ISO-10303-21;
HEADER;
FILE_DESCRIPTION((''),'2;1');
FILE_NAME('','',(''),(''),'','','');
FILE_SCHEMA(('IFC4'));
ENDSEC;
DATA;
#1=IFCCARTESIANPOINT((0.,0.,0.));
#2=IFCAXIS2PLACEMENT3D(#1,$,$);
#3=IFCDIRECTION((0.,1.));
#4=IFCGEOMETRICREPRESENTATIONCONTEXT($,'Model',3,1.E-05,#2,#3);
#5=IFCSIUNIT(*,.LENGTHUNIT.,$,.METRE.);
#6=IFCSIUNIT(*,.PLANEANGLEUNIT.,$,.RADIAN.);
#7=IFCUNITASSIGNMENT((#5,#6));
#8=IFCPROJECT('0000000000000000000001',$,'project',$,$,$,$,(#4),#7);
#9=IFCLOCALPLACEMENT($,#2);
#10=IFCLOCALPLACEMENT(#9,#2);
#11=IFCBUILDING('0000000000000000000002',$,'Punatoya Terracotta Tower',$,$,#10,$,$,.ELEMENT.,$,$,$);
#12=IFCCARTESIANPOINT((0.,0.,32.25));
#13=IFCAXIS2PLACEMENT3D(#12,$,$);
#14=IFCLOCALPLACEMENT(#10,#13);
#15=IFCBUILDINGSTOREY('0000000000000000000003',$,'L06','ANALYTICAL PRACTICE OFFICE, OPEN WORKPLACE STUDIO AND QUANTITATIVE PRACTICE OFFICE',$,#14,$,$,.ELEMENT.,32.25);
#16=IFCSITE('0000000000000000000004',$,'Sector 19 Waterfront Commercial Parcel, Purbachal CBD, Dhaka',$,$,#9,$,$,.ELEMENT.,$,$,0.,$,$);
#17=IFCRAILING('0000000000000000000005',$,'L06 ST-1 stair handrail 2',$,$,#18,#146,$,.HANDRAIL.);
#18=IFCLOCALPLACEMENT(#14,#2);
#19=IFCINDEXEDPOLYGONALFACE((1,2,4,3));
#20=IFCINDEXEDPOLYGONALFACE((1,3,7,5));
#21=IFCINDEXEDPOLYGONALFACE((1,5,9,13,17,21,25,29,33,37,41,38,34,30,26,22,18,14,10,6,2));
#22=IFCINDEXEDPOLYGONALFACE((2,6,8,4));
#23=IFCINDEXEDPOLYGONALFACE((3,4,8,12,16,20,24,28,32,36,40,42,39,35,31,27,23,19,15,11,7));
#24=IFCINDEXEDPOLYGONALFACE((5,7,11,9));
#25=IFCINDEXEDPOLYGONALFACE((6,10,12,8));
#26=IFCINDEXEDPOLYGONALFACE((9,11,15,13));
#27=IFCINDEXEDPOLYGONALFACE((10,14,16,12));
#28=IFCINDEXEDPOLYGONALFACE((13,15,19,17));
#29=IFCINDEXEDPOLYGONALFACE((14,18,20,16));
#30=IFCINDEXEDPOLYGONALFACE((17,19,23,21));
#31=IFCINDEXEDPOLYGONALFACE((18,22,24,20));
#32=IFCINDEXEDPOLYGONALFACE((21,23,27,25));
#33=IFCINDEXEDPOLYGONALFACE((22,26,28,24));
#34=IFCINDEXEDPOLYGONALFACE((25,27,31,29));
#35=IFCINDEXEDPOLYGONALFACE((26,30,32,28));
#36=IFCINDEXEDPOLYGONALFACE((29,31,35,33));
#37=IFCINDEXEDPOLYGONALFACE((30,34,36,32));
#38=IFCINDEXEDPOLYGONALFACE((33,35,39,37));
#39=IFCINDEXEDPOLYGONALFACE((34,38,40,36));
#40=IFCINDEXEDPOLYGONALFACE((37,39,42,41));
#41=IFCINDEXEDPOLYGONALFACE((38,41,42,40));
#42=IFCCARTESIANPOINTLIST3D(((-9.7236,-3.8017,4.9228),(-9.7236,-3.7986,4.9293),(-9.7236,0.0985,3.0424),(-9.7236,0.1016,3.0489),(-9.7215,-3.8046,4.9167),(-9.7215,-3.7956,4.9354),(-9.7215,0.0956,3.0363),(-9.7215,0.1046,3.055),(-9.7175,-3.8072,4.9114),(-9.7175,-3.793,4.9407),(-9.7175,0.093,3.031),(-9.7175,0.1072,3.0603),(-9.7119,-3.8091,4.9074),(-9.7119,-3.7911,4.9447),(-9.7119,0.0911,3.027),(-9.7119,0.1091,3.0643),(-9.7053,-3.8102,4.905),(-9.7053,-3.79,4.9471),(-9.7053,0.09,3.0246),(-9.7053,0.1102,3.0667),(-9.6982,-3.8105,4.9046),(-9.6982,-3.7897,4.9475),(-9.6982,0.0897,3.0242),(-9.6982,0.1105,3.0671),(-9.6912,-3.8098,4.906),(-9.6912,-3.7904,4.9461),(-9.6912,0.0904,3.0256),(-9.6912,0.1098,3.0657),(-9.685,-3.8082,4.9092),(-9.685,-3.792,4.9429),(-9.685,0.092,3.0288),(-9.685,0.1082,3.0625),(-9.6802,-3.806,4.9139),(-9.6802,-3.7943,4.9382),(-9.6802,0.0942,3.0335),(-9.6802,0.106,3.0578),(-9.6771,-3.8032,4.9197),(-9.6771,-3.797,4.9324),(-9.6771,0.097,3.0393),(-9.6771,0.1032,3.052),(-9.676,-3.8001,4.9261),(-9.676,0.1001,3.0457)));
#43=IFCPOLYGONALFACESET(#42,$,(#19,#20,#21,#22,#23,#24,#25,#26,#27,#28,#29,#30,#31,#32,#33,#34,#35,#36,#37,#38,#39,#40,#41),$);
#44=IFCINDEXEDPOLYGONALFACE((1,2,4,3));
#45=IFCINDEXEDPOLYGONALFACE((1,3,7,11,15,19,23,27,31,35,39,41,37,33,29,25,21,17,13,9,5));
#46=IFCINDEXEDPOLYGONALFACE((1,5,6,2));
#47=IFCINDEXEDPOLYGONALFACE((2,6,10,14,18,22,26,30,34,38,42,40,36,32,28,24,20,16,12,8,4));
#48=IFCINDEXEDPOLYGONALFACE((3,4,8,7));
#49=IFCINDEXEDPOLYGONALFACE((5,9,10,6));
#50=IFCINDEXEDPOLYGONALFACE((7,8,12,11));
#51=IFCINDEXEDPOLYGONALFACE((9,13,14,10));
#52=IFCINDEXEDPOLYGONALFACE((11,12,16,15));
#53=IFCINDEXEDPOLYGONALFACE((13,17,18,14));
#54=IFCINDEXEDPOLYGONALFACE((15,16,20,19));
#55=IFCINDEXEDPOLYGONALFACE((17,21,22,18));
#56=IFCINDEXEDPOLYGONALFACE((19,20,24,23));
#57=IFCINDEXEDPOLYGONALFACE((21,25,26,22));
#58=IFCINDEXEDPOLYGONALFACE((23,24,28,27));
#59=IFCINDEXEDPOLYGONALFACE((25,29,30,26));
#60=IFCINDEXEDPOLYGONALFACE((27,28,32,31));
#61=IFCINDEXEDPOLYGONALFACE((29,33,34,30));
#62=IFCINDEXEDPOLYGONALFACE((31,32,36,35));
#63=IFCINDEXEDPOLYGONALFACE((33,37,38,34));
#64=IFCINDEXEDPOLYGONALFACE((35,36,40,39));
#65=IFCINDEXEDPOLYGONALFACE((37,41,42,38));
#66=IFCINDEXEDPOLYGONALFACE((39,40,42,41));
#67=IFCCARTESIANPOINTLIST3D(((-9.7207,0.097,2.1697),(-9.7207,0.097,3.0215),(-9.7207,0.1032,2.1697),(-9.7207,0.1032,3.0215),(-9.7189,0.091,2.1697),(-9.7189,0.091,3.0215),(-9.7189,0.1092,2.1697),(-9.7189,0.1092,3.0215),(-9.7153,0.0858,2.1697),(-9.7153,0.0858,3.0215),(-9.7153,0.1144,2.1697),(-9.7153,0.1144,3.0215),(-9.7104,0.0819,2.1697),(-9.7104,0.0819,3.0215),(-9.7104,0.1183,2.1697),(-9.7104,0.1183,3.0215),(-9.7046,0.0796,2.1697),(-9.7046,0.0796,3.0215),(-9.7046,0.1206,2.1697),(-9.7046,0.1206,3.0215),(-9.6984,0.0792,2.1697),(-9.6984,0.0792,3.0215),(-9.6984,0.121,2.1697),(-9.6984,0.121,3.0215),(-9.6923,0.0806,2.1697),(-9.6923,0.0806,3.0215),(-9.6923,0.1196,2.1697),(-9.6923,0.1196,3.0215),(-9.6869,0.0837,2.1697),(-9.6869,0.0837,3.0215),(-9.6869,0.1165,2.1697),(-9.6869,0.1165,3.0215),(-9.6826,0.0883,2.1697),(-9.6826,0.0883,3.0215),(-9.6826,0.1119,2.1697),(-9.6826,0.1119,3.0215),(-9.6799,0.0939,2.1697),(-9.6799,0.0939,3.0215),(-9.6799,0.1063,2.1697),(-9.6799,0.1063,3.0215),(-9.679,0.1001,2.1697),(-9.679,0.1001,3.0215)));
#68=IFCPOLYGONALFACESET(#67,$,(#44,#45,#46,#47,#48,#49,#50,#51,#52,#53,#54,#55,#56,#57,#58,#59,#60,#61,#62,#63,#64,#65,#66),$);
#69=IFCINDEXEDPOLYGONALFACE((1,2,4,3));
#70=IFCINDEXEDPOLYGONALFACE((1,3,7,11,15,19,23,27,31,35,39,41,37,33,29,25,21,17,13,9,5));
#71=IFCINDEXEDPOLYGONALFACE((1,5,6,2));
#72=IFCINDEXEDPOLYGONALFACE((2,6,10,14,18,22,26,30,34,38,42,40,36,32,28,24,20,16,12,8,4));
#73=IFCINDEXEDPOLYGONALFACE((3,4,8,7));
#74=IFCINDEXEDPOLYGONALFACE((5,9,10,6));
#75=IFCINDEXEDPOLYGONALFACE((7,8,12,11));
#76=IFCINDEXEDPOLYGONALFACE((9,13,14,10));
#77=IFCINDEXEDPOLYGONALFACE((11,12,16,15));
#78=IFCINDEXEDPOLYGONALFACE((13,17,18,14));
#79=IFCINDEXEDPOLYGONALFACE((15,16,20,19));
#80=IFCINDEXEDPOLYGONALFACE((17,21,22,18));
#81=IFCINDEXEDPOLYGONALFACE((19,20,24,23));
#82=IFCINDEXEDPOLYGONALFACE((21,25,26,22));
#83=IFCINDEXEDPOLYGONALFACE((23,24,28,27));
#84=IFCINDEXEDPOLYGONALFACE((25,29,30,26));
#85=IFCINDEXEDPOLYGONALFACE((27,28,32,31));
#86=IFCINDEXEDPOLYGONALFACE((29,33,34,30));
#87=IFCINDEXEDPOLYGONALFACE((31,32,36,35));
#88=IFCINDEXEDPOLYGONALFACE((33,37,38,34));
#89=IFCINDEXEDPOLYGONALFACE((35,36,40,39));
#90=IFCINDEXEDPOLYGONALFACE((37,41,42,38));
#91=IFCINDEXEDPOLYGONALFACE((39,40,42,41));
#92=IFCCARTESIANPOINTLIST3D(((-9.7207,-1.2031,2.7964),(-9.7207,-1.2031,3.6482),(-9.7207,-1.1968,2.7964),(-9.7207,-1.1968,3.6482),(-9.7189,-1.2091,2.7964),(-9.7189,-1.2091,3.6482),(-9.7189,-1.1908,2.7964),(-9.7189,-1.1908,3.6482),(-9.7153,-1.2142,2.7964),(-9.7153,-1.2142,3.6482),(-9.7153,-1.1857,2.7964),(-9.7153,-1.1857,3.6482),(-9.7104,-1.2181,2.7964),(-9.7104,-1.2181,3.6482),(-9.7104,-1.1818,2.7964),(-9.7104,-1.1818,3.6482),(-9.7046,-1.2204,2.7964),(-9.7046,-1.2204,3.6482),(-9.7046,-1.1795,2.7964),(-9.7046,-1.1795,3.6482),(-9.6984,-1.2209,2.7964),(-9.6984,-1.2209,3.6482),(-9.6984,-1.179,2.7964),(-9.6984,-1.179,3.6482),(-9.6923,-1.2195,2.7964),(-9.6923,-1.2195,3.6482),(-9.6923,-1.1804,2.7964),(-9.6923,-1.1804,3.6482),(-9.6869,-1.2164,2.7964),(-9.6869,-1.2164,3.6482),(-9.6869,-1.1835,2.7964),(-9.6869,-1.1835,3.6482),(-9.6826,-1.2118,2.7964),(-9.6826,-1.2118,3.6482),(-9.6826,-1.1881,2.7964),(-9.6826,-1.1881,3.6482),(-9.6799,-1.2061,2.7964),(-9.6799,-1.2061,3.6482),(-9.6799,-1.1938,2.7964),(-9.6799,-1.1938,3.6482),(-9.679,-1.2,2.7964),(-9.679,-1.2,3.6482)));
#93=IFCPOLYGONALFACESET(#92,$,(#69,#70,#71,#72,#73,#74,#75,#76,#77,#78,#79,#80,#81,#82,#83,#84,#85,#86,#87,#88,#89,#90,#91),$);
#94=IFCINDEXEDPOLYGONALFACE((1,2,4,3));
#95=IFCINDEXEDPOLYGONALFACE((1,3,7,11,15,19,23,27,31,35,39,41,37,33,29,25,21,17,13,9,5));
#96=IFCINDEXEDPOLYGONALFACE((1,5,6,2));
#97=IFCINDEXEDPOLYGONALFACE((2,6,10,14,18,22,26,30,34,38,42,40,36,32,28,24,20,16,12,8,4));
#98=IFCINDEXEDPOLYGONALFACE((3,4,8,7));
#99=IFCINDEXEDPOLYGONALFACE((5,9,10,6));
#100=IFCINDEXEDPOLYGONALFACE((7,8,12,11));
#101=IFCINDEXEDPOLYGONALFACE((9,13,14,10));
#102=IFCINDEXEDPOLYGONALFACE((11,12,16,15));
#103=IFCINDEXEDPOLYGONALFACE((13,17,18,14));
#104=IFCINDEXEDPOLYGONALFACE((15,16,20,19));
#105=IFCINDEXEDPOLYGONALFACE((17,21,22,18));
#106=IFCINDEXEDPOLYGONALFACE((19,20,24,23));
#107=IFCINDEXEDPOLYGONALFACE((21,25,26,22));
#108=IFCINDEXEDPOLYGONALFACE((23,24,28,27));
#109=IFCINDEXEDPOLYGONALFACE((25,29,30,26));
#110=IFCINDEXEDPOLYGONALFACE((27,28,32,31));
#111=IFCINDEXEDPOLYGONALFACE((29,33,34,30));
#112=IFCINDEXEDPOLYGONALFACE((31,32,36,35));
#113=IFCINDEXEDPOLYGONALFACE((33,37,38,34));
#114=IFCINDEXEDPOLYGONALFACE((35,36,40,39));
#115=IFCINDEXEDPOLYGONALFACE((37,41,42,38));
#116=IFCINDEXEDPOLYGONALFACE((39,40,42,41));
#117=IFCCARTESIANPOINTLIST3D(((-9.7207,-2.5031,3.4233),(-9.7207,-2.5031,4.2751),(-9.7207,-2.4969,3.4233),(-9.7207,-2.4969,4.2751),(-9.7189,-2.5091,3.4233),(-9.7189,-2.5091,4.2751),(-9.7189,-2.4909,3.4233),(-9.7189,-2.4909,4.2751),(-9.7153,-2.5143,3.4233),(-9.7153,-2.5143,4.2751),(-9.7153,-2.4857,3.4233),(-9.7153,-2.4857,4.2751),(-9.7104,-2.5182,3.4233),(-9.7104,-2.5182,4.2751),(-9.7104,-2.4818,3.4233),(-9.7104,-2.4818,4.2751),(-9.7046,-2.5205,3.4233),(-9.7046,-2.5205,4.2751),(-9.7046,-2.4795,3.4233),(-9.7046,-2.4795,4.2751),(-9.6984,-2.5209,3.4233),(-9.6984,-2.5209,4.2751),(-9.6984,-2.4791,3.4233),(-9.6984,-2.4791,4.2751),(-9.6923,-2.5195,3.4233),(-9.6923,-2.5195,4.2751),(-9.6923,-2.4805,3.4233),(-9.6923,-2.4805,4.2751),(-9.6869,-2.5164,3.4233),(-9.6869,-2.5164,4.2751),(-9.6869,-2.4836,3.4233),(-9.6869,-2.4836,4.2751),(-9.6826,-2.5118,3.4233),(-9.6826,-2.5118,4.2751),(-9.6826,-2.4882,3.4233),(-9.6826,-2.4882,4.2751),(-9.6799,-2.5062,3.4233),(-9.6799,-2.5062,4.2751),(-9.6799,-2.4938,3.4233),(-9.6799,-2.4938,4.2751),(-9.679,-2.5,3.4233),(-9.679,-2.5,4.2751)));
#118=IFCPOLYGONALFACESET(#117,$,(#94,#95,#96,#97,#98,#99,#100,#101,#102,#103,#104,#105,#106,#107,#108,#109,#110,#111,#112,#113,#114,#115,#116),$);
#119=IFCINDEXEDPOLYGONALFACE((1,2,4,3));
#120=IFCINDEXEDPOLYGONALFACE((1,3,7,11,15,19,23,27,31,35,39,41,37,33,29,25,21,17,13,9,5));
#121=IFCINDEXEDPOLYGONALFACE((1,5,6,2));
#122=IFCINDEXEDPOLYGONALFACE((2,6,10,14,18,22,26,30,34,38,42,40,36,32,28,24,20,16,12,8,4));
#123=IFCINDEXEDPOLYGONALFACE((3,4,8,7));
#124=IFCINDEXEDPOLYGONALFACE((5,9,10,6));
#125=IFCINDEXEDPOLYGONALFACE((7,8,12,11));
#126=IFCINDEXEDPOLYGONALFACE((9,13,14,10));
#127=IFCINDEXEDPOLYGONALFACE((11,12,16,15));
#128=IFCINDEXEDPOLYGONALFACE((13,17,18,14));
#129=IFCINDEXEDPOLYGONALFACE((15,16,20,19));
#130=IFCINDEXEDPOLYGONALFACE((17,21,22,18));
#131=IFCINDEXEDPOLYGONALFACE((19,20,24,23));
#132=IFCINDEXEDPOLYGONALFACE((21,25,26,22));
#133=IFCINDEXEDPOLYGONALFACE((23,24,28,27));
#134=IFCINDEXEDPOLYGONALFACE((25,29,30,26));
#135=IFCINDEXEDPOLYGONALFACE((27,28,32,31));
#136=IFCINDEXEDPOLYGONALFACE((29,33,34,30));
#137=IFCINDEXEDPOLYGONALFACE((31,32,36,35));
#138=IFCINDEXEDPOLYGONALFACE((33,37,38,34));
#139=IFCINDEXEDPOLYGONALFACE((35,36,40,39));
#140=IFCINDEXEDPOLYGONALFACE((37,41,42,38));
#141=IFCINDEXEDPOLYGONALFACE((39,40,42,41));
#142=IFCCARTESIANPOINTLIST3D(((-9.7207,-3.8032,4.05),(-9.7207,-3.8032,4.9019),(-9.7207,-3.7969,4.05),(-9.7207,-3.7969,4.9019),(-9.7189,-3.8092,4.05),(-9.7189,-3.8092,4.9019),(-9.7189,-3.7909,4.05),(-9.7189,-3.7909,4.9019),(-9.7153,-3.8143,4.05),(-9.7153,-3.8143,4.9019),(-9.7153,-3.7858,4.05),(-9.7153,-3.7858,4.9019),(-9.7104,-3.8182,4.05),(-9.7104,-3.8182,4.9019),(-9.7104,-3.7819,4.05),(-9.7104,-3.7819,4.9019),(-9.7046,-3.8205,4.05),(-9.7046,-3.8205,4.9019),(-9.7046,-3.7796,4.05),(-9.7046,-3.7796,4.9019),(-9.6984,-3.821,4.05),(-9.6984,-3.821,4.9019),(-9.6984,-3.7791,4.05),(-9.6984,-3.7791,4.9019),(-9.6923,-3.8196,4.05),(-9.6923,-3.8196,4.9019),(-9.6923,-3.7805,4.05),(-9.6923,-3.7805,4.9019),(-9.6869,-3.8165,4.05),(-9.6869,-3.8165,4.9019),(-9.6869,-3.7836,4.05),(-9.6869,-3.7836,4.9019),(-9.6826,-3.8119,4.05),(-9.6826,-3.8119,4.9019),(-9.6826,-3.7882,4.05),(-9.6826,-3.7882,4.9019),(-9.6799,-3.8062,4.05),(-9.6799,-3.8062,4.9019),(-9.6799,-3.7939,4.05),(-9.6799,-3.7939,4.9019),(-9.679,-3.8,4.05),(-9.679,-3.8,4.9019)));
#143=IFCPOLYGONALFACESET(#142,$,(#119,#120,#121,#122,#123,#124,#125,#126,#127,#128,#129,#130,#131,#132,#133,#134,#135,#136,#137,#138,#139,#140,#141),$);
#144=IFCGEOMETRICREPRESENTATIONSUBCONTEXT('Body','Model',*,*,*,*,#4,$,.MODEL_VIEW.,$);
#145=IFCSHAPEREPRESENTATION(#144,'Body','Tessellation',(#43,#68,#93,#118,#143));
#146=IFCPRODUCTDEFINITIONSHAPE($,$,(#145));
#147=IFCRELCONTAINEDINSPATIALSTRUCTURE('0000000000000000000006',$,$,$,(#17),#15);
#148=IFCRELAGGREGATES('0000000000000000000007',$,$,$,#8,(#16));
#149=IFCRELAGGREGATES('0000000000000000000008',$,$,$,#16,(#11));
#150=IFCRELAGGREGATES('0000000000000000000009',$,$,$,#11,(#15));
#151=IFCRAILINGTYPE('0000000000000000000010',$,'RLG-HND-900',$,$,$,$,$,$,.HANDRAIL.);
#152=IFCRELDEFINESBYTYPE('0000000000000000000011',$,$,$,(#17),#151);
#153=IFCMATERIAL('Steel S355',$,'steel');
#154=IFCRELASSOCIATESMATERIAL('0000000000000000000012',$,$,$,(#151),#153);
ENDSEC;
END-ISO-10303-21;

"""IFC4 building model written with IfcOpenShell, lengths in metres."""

from ifc_helpers import new_model, si_unit, direction, frame, origin, origin_2d, place, context, subcontext, project, spatial, circle, extrude, material, type_object, element, save


model = new_model("IFC4")

# Units and contexts
model_context = context("Model", 3, precision=1e-05, world=origin(), true_north=direction((0.0, 1.0)))
body_context = subcontext(model_context, "Body", "Model", "MODEL_VIEW")
ifc_project = project(units=[si_unit("LENGTHUNIT", "METRE"), si_unit("PLANEANGLEUNIT", "RADIAN")], contexts=[model_context])

# Site, building, storey
site_placement = place(None, origin())
site = spatial("IfcSite", under=ifc_project, at=site_placement, Name="Sector 19 Waterfront Commercial Parcel, Purbachal CBD, Dhaka", CompositionType="ELEMENT", RefElevation=0.0)
building_placement = place(site_placement, origin())
building = spatial("IfcBuilding", under=site, at=building_placement, Name="Punatoya Terracotta Tower", CompositionType="ELEMENT")
storey_placement = place(building_placement, frame((0.0, 0.0, 32.25)))
storey = spatial("IfcBuildingStorey", under=building, at=storey_placement, Name="L06", Description="ANALYTICAL PRACTICE OFFICE, OPEN WORKPLACE STUDIO AND QUANTITATIVE PRACTICE OFFICE", CompositionType="ELEMENT", Elevation=32.25)

# Shared definitions
ifc_material_1 = material(Name="Steel S355", Category="steel")

# Railing
railing_type_1 = type_object("IfcRailingType", Name="RLG-HND-900", PredefinedType="HANDRAIL", material=ifc_material_1)
railing_1_placement = place(storey_placement, frame((-9.7, 0.1001, 2.1697)))
element("IfcRailing", 1, at=railing_1_placement, inside=storey, type_object=railing_type_1, Name="L06 ST-1 stair handrail 2", PredefinedType="HANDRAIL", context=body_context, shape_type="SweptSolid", body=[
    extrude(circle(Radius=0.0239, at=origin_2d()), frame((0.0, 0.0, 0.876), z_axis=(0.0, -0.900774, 0.434289), x_axis=(1.0, 0.0, 0.0)), (0.0, 0.0, 1.0), 4.3298),
    extrude(circle(Radius=0.021, at=origin_2d()), origin(), (0.0, 0.0, 1.0), 0.8518),
    extrude(circle(Radius=0.021, at=origin_2d()), frame((0.0, -1.3, 0.6267)), (0.0, 0.0, 1.0), 0.8518),
    extrude(circle(Radius=0.021, at=origin_2d()), frame((0.0, -2.6001, 1.2537)), (0.0, 0.0, 1.0), 0.8518),
    extrude(circle(Radius=0.021, at=origin_2d()), frame((0.0, -3.9001, 1.8804)), (0.0, 0.0, 1.0), 0.8518),
])

save(model, "model.ifc")
